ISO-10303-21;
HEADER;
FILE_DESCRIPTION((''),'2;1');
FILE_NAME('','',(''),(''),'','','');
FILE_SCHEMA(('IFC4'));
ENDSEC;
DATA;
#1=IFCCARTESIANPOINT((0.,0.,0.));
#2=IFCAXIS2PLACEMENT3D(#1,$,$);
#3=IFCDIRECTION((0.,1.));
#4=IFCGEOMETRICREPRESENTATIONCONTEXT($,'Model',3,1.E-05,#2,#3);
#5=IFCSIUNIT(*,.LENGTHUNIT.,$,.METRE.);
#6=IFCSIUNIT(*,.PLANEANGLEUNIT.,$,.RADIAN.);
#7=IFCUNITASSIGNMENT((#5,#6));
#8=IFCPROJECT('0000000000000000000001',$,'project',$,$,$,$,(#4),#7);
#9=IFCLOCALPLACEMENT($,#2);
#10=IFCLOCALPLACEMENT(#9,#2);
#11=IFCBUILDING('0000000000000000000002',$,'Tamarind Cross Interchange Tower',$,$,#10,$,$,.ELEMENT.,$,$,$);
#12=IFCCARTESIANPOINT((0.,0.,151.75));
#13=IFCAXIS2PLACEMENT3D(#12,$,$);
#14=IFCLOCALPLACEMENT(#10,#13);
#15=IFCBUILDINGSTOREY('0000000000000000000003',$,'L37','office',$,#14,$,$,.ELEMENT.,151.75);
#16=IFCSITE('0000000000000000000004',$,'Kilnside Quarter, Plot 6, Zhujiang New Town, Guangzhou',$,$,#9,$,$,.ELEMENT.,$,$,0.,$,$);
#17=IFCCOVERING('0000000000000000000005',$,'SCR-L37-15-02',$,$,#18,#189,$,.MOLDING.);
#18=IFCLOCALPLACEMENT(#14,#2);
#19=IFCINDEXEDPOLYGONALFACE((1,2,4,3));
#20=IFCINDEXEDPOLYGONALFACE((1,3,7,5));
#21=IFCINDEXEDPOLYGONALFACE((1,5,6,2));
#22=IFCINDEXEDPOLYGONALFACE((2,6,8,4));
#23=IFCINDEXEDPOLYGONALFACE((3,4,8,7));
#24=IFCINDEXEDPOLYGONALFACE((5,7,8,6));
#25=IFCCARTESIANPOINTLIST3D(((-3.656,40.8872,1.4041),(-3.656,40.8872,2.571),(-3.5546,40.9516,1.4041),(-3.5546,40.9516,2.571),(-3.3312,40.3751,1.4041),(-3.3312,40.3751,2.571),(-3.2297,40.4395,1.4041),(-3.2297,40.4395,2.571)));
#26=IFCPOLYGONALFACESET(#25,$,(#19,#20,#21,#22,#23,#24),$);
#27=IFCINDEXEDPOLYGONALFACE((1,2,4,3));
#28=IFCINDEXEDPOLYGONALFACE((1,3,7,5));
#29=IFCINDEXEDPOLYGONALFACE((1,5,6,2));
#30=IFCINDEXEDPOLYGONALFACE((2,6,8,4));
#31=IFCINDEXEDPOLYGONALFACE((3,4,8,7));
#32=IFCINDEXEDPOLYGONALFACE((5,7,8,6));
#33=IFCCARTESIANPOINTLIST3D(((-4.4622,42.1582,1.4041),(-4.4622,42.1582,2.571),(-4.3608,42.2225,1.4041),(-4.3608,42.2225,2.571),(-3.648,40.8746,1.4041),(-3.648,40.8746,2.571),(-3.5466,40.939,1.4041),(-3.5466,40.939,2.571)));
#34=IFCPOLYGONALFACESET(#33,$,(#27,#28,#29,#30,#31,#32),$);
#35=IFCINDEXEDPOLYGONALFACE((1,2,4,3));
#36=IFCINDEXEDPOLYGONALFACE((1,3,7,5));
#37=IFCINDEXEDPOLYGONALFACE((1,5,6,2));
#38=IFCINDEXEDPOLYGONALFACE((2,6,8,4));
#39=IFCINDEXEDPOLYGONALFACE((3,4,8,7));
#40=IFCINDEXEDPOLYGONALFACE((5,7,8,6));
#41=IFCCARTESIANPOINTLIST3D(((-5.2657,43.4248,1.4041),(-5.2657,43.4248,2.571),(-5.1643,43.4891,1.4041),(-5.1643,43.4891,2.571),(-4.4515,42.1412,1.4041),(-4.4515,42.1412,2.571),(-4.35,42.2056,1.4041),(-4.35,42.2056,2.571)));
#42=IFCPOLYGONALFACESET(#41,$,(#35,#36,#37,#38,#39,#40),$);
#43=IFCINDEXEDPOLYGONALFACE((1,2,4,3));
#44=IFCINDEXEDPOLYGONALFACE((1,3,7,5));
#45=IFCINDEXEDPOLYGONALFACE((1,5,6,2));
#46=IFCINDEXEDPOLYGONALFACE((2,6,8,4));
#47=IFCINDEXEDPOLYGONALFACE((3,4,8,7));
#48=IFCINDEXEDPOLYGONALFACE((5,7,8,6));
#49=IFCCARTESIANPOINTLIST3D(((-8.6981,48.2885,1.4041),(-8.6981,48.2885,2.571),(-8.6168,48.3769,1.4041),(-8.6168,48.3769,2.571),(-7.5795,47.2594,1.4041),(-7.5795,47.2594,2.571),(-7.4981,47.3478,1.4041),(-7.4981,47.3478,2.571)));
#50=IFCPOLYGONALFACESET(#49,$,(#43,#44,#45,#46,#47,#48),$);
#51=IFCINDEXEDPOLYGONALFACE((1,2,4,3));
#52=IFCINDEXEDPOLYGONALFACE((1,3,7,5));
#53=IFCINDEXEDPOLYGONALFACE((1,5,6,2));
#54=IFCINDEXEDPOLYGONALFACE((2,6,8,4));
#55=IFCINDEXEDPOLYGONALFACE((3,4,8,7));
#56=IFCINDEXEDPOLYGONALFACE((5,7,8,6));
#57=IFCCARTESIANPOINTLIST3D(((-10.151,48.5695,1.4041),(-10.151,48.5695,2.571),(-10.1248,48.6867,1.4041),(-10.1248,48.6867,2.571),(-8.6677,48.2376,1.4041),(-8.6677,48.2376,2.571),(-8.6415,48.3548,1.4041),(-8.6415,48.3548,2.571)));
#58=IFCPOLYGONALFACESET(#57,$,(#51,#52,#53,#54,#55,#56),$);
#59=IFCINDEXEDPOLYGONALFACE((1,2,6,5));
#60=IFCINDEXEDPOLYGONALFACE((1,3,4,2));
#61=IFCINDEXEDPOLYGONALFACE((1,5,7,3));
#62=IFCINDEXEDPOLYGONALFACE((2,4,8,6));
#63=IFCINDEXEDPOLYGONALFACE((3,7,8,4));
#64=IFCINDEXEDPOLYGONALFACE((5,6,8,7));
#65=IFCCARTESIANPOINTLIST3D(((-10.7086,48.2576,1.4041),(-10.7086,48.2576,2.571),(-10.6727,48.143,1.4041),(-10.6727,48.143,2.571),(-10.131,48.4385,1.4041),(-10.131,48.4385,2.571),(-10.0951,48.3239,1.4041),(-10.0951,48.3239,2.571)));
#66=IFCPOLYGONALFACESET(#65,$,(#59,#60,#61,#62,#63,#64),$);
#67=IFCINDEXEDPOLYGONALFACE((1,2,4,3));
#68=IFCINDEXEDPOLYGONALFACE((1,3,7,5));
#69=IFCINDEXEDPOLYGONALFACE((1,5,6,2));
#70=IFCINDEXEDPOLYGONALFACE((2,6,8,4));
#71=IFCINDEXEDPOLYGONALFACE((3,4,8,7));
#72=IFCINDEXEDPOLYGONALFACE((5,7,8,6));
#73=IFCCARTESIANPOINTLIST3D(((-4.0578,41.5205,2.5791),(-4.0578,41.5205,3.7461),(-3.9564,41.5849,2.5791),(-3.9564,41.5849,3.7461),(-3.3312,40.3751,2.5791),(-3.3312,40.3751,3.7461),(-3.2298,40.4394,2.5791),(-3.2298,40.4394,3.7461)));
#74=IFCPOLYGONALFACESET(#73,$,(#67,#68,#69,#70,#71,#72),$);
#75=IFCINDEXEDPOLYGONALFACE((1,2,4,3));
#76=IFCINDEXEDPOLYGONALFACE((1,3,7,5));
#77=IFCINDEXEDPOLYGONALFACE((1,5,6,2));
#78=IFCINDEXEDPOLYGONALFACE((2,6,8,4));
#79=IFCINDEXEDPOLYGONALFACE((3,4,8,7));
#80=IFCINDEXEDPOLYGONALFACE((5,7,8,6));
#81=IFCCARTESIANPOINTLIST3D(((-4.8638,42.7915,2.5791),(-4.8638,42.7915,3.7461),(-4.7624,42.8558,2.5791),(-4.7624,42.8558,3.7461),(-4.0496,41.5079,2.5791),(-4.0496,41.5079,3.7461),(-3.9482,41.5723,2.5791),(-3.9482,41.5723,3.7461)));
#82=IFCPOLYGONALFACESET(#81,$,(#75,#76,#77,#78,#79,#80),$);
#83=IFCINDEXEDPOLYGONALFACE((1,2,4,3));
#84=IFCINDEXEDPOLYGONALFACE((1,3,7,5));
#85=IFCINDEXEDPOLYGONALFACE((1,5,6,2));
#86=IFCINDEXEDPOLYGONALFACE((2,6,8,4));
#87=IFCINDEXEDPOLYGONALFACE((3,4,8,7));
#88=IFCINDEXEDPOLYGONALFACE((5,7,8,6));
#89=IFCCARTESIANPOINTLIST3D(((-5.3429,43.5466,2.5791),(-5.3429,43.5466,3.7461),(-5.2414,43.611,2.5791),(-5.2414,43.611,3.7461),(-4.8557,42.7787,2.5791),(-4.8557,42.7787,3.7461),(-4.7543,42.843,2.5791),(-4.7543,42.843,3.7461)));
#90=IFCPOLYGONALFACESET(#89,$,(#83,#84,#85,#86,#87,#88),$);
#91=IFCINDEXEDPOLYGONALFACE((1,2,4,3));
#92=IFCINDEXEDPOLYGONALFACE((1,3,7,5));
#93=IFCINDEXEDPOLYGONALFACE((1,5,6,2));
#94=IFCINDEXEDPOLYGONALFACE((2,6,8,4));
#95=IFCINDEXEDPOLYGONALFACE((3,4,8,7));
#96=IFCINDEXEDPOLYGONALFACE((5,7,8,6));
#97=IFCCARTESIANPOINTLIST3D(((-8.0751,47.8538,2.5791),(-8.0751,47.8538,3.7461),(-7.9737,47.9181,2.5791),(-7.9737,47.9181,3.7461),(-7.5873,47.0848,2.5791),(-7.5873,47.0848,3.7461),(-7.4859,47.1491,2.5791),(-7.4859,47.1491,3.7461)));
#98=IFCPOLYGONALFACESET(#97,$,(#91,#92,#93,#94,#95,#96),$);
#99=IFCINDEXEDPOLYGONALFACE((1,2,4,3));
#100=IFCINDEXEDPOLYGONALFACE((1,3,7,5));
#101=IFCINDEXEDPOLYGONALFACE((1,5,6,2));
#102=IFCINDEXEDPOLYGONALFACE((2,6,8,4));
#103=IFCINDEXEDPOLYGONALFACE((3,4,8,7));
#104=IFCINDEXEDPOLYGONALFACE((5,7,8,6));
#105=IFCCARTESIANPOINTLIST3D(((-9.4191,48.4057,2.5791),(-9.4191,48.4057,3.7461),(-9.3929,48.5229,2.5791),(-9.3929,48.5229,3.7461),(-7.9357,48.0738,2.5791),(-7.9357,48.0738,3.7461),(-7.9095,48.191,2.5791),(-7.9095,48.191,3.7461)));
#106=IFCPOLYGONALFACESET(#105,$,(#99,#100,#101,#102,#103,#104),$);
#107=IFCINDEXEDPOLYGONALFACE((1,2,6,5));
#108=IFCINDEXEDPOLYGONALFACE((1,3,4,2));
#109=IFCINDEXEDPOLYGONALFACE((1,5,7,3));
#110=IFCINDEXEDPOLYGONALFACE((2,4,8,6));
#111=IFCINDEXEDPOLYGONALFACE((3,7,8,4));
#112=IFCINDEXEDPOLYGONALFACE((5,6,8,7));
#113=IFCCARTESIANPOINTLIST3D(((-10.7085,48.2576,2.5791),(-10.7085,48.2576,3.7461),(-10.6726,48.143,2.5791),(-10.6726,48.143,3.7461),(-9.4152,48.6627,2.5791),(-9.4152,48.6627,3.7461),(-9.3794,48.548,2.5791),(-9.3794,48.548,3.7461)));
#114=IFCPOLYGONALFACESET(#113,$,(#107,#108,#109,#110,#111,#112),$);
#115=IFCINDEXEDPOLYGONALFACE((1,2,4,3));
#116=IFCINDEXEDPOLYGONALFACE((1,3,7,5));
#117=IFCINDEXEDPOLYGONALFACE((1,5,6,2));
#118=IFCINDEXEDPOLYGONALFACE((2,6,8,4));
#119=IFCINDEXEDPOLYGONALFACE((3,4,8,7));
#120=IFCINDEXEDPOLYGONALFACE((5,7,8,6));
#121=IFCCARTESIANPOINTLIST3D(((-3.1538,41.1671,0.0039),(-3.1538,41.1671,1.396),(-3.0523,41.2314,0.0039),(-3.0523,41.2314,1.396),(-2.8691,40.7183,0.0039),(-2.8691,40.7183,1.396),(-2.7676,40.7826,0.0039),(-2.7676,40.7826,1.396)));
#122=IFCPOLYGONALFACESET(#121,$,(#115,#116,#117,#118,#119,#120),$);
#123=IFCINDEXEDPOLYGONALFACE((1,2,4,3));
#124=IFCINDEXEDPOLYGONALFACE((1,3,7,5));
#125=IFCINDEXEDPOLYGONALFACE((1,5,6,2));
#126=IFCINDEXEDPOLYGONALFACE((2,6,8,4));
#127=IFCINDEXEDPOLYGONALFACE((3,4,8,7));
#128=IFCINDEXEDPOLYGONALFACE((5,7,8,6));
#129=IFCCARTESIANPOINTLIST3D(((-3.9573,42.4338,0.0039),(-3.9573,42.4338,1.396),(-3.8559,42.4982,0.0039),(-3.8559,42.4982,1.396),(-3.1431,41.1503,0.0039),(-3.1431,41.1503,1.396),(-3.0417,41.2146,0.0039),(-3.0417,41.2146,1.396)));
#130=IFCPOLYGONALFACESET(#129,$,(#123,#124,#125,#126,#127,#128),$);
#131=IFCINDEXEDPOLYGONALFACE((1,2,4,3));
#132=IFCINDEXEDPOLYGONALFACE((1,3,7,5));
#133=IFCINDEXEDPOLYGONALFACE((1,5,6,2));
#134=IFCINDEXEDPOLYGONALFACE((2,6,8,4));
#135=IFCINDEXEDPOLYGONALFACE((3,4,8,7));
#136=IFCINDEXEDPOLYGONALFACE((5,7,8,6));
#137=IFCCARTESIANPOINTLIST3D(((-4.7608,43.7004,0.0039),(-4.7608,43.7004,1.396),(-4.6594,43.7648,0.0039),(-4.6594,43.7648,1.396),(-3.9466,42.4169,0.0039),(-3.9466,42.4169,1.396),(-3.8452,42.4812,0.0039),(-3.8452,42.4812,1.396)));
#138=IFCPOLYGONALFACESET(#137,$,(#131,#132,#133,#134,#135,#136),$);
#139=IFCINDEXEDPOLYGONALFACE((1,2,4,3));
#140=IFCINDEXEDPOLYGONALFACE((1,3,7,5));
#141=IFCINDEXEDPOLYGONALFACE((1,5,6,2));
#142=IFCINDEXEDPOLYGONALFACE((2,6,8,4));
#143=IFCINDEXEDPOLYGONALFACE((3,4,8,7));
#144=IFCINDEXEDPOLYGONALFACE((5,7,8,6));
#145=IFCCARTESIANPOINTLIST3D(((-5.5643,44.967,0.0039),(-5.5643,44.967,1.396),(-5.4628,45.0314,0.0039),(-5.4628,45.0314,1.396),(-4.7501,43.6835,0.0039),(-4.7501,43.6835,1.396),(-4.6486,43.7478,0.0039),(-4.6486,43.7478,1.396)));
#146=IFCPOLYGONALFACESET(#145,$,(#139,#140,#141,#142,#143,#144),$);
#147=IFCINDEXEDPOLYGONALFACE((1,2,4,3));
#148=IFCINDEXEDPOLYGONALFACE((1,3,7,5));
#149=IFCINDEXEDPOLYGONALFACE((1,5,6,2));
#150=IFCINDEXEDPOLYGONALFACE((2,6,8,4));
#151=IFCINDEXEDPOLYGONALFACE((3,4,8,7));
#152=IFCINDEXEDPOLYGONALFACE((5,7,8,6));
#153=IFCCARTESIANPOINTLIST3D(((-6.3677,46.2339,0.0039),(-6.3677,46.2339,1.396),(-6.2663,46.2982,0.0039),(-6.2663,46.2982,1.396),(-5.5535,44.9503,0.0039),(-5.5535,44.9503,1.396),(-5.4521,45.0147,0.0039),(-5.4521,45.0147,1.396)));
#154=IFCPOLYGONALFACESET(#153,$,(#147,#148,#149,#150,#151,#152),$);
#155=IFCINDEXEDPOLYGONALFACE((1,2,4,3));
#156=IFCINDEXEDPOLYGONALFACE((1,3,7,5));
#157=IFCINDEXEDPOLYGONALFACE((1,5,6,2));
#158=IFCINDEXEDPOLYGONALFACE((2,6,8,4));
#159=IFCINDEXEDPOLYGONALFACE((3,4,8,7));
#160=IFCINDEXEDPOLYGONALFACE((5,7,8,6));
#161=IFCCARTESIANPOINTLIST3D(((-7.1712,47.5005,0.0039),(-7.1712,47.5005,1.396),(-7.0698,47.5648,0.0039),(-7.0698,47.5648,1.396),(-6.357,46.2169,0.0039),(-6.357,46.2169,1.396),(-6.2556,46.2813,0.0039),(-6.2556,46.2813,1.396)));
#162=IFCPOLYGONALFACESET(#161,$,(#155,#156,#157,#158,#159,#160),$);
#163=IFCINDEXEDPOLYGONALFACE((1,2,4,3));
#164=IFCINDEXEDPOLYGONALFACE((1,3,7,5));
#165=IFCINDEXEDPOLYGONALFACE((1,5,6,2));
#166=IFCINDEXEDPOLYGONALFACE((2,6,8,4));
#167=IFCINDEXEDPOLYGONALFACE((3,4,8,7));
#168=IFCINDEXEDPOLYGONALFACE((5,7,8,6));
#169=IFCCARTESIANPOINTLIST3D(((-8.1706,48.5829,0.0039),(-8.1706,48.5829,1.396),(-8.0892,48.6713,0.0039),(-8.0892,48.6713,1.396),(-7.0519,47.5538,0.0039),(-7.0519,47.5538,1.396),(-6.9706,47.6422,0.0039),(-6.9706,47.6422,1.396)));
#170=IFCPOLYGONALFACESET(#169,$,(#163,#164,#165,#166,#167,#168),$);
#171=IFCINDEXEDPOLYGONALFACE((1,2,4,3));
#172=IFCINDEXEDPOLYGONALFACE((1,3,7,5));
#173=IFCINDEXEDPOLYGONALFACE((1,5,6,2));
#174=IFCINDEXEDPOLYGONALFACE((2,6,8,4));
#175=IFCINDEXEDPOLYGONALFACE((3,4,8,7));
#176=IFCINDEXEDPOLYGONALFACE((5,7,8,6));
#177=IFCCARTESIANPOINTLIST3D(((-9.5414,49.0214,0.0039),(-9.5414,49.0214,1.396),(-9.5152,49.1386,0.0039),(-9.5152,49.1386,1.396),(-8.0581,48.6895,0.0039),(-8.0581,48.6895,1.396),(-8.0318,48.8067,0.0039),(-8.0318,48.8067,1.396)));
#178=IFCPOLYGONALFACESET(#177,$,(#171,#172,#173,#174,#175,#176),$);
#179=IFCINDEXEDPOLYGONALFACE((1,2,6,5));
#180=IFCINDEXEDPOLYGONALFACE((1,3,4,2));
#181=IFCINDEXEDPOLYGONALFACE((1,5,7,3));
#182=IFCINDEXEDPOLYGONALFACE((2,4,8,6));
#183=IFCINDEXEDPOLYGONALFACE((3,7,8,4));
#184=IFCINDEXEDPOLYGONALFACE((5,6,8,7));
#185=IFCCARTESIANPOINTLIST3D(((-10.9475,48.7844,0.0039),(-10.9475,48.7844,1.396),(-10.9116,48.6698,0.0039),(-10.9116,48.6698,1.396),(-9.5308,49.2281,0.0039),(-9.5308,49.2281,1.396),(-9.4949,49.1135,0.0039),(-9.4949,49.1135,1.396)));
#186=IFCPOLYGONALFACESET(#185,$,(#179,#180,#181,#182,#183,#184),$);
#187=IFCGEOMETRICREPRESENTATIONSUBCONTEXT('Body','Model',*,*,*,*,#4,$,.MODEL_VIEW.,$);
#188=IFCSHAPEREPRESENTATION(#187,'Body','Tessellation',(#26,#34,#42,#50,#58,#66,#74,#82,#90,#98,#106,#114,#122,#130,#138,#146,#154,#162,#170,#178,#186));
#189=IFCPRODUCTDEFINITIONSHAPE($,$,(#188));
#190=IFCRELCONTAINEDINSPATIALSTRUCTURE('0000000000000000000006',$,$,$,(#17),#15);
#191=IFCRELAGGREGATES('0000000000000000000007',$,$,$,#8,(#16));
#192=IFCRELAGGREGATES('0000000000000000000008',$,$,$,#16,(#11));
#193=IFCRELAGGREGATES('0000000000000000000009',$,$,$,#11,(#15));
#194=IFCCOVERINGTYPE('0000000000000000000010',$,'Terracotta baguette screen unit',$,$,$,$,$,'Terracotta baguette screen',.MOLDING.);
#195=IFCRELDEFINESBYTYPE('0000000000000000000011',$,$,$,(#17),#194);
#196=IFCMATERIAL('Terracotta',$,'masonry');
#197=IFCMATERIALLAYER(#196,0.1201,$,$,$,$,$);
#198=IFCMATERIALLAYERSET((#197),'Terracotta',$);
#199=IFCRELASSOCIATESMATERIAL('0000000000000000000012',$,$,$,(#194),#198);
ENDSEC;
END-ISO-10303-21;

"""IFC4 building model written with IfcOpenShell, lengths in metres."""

from ifc_helpers import new_model, si_unit, direction, frame, origin, origin_2d, place, context, subcontext, project, spatial, rectangle, extrude, material, layer, layer_set, type_object, element, save


model = new_model("IFC4")

# Units and contexts
model_context = context("Model", 3, precision=1e-05, world=origin(), true_north=direction((0.0, 1.0)))
body_context = subcontext(model_context, "Body", "Model", "MODEL_VIEW")
ifc_project = project(units=[si_unit("LENGTHUNIT", "METRE"), si_unit("PLANEANGLEUNIT", "RADIAN")], contexts=[model_context])

# Site, building, storey
site_placement = place(None, origin())
site = spatial("IfcSite", under=ifc_project, at=site_placement, Name="Kilnside Quarter, Plot 6, Zhujiang New Town, Guangzhou", CompositionType="ELEMENT", RefElevation=0.0)
building_placement = place(site_placement, origin())
building = spatial("IfcBuilding", under=site, at=building_placement, Name="Tamarind Cross Interchange Tower", CompositionType="ELEMENT")
storey_placement = place(building_placement, frame((0.0, 0.0, 151.75)))
storey = spatial("IfcBuildingStorey", under=building, at=storey_placement, Name="L37", Description="office", CompositionType="ELEMENT", Elevation=151.75)

# Covering
ifc_material_1 = material(Name="Terracotta", Category="masonry")
ifc_layer_1 = layer(ifc_material_1, 0.1201)
ifc_layer_set_1 = layer_set([ifc_layer_1], Name="Terracotta")
covering_type = type_object("IfcCoveringType", Name="Terracotta baguette screen unit", ElementType="Terracotta baguette screen", PredefinedType="MOLDING", material=ifc_layer_set_1)
covering_1_placement = place(storey_placement, origin())
element("IfcCovering", 1, at=covering_1_placement, inside=storey, type_object=covering_type, Name="SCR-L37-15-02", PredefinedType="MOLDING", context=body_context, shape_type="SweptSolid", body=[
    extrude(rectangle(XDim=0.6064, YDim=0.1201, at=origin_2d()), frame((-3.4429, 40.6633, 1.4041), z_axis=(0.0, 0.0, 1.0), x_axis=(-0.535662, 0.844433, 0.0)), (0.0, 0.0, 1.0), 1.167),
    extrude(rectangle(XDim=1.52, YDim=0.1201, at=origin_2d()), frame((-4.0044, 41.5486, 1.4041), z_axis=(0.0, 0.0, 1.0), x_axis=(-0.535662, 0.844433, 0.0)), (0.0, 0.0, 1.0), 1.167),
    extrude(rectangle(XDim=1.52, YDim=0.1201, at=origin_2d()), frame((-4.8079, 42.8152, 1.4041), z_axis=(0.0, 0.0, 1.0), x_axis=(-0.535662, 0.844433, 0.0)), (0.0, 0.0, 1.0), 1.167),
    extrude(rectangle(XDim=1.52, YDim=0.1201, at=origin_2d()), frame((-8.0981, 47.8181, 1.4041), z_axis=(0.0, 0.0, 1.0), x_axis=(-0.735965, 0.67702, 0.0)), (0.0, 0.0, 1.0), 1.167),
    extrude(rectangle(XDim=1.52, YDim=0.1201, at=origin_2d()), frame((-9.3962, 48.4622, 1.4041), z_axis=(0.0, 0.0, 1.0), x_axis=(-0.975874, 0.218334, 0.0)), (0.0, 0.0, 1.0), 1.167),
    extrude(rectangle(XDim=0.6052, YDim=0.1201, at=origin_2d()), frame((-10.4019, 48.2908, 1.4041), z_axis=(0.0, 0.0, 1.0), x_axis=(-0.954299, -0.298854, 0.0)), (0.0, 0.0, 1.0), 1.167),
    extrude(rectangle(XDim=1.3564, YDim=0.1201, at=origin_2d()), frame((-3.6438, 40.98, 2.5791), z_axis=(0.0, 0.0, 1.0), x_axis=(-0.535662, 0.844433, 0.0)), (0.0, 0.0, 1.0), 1.167),
    extrude(rectangle(XDim=1.52, YDim=0.1201, at=origin_2d()), frame((-4.406, 42.1819, 2.5791), z_axis=(0.0, 0.0, 1.0), x_axis=(-0.535662, 0.844433, 0.0)), (0.0, 0.0, 1.0), 1.167),
    extrude(rectangle(XDim=0.9094, YDim=0.1201, at=origin_2d()), frame((-5.0486, 43.1948, 2.5791), z_axis=(0.0, 0.0, 1.0), x_axis=(-0.535662, 0.844433, 0.0)), (0.0, 0.0, 1.0), 1.167),
    extrude(rectangle(XDim=0.9106, YDim=0.1201, at=origin_2d()), frame((-7.7805, 47.5015, 2.5791), z_axis=(0.0, 0.0, 1.0), x_axis=(-0.535662, 0.844433, 0.0)), (0.0, 0.0, 1.0), 1.167),
    extrude(rectangle(XDim=1.52, YDim=0.1201, at=origin_2d()), frame((-8.6643, 48.2983, 2.5791), z_axis=(0.0, 0.0, 1.0), x_axis=(-0.975874, 0.218334, 0.0)), (0.0, 0.0, 1.0), 1.167),
    extrude(rectangle(XDim=1.3552, YDim=0.1201, at=origin_2d()), frame((-10.0439, 48.4028, 2.5791), z_axis=(0.0, 0.0, 1.0), x_axis=(-0.954299, -0.298854, 0.0)), (0.0, 0.0, 1.0), 1.167),
    extrude(rectangle(XDim=0.5315, YDim=0.1201, at=origin_2d()), frame((-2.9607, 40.9749, 0.0039), z_axis=(0.0, 0.0, 1.0), x_axis=(-0.535662, 0.844433, 0.0)), (0.0, 0.0, 1.0), 1.3921),
    extrude(rectangle(XDim=1.52, YDim=0.1201, at=origin_2d()), frame((-3.4995, 41.8242, 0.0039), z_axis=(0.0, 0.0, 1.0), x_axis=(-0.535662, 0.844433, 0.0)), (0.0, 0.0, 1.0), 1.3921),
    extrude(rectangle(XDim=1.52, YDim=0.1201, at=origin_2d()), frame((-4.303, 43.0908, 0.0039), z_axis=(0.0, 0.0, 1.0), x_axis=(-0.535662, 0.844433, 0.0)), (0.0, 0.0, 1.0), 1.3921),
    extrude(rectangle(XDim=1.52, YDim=0.1201, at=origin_2d()), frame((-5.1064, 44.3574, 0.0039), z_axis=(0.0, 0.0, 1.0), x_axis=(-0.535662, 0.844433, 0.0)), (0.0, 0.0, 1.0), 1.3921),
    extrude(rectangle(XDim=1.52, YDim=0.1201, at=origin_2d()), frame((-5.9099, 45.6243, 0.0039), z_axis=(0.0, 0.0, 1.0), x_axis=(-0.535662, 0.844433, 0.0)), (0.0, 0.0, 1.0), 1.3921),
    extrude(rectangle(XDim=1.52, YDim=0.1201, at=origin_2d()), frame((-6.7134, 46.8909, 0.0039), z_axis=(0.0, 0.0, 1.0), x_axis=(-0.535662, 0.844433, 0.0)), (0.0, 0.0, 1.0), 1.3921),
    extrude(rectangle(XDim=1.52, YDim=0.1201, at=origin_2d()), frame((-7.5706, 48.1125, 0.0039), z_axis=(0.0, 0.0, 1.0), x_axis=(-0.735965, 0.67702, 0.0)), (0.0, 0.0, 1.0), 1.3921),
    extrude(rectangle(XDim=1.52, YDim=0.1201, at=origin_2d()), frame((-8.7866, 48.9141, 0.0039), z_axis=(0.0, 0.0, 1.0), x_axis=(-0.975874, 0.218334, 0.0)), (0.0, 0.0, 1.0), 1.3921),
    extrude(rectangle(XDim=1.4846, YDim=0.1201, at=origin_2d()), frame((-10.2212, 48.949, 0.0039), z_axis=(0.0, 0.0, 1.0), x_axis=(-0.954299, -0.298854, 0.0)), (0.0, 0.0, 1.0), 1.3921),
])

save(model, "model.ifc")
